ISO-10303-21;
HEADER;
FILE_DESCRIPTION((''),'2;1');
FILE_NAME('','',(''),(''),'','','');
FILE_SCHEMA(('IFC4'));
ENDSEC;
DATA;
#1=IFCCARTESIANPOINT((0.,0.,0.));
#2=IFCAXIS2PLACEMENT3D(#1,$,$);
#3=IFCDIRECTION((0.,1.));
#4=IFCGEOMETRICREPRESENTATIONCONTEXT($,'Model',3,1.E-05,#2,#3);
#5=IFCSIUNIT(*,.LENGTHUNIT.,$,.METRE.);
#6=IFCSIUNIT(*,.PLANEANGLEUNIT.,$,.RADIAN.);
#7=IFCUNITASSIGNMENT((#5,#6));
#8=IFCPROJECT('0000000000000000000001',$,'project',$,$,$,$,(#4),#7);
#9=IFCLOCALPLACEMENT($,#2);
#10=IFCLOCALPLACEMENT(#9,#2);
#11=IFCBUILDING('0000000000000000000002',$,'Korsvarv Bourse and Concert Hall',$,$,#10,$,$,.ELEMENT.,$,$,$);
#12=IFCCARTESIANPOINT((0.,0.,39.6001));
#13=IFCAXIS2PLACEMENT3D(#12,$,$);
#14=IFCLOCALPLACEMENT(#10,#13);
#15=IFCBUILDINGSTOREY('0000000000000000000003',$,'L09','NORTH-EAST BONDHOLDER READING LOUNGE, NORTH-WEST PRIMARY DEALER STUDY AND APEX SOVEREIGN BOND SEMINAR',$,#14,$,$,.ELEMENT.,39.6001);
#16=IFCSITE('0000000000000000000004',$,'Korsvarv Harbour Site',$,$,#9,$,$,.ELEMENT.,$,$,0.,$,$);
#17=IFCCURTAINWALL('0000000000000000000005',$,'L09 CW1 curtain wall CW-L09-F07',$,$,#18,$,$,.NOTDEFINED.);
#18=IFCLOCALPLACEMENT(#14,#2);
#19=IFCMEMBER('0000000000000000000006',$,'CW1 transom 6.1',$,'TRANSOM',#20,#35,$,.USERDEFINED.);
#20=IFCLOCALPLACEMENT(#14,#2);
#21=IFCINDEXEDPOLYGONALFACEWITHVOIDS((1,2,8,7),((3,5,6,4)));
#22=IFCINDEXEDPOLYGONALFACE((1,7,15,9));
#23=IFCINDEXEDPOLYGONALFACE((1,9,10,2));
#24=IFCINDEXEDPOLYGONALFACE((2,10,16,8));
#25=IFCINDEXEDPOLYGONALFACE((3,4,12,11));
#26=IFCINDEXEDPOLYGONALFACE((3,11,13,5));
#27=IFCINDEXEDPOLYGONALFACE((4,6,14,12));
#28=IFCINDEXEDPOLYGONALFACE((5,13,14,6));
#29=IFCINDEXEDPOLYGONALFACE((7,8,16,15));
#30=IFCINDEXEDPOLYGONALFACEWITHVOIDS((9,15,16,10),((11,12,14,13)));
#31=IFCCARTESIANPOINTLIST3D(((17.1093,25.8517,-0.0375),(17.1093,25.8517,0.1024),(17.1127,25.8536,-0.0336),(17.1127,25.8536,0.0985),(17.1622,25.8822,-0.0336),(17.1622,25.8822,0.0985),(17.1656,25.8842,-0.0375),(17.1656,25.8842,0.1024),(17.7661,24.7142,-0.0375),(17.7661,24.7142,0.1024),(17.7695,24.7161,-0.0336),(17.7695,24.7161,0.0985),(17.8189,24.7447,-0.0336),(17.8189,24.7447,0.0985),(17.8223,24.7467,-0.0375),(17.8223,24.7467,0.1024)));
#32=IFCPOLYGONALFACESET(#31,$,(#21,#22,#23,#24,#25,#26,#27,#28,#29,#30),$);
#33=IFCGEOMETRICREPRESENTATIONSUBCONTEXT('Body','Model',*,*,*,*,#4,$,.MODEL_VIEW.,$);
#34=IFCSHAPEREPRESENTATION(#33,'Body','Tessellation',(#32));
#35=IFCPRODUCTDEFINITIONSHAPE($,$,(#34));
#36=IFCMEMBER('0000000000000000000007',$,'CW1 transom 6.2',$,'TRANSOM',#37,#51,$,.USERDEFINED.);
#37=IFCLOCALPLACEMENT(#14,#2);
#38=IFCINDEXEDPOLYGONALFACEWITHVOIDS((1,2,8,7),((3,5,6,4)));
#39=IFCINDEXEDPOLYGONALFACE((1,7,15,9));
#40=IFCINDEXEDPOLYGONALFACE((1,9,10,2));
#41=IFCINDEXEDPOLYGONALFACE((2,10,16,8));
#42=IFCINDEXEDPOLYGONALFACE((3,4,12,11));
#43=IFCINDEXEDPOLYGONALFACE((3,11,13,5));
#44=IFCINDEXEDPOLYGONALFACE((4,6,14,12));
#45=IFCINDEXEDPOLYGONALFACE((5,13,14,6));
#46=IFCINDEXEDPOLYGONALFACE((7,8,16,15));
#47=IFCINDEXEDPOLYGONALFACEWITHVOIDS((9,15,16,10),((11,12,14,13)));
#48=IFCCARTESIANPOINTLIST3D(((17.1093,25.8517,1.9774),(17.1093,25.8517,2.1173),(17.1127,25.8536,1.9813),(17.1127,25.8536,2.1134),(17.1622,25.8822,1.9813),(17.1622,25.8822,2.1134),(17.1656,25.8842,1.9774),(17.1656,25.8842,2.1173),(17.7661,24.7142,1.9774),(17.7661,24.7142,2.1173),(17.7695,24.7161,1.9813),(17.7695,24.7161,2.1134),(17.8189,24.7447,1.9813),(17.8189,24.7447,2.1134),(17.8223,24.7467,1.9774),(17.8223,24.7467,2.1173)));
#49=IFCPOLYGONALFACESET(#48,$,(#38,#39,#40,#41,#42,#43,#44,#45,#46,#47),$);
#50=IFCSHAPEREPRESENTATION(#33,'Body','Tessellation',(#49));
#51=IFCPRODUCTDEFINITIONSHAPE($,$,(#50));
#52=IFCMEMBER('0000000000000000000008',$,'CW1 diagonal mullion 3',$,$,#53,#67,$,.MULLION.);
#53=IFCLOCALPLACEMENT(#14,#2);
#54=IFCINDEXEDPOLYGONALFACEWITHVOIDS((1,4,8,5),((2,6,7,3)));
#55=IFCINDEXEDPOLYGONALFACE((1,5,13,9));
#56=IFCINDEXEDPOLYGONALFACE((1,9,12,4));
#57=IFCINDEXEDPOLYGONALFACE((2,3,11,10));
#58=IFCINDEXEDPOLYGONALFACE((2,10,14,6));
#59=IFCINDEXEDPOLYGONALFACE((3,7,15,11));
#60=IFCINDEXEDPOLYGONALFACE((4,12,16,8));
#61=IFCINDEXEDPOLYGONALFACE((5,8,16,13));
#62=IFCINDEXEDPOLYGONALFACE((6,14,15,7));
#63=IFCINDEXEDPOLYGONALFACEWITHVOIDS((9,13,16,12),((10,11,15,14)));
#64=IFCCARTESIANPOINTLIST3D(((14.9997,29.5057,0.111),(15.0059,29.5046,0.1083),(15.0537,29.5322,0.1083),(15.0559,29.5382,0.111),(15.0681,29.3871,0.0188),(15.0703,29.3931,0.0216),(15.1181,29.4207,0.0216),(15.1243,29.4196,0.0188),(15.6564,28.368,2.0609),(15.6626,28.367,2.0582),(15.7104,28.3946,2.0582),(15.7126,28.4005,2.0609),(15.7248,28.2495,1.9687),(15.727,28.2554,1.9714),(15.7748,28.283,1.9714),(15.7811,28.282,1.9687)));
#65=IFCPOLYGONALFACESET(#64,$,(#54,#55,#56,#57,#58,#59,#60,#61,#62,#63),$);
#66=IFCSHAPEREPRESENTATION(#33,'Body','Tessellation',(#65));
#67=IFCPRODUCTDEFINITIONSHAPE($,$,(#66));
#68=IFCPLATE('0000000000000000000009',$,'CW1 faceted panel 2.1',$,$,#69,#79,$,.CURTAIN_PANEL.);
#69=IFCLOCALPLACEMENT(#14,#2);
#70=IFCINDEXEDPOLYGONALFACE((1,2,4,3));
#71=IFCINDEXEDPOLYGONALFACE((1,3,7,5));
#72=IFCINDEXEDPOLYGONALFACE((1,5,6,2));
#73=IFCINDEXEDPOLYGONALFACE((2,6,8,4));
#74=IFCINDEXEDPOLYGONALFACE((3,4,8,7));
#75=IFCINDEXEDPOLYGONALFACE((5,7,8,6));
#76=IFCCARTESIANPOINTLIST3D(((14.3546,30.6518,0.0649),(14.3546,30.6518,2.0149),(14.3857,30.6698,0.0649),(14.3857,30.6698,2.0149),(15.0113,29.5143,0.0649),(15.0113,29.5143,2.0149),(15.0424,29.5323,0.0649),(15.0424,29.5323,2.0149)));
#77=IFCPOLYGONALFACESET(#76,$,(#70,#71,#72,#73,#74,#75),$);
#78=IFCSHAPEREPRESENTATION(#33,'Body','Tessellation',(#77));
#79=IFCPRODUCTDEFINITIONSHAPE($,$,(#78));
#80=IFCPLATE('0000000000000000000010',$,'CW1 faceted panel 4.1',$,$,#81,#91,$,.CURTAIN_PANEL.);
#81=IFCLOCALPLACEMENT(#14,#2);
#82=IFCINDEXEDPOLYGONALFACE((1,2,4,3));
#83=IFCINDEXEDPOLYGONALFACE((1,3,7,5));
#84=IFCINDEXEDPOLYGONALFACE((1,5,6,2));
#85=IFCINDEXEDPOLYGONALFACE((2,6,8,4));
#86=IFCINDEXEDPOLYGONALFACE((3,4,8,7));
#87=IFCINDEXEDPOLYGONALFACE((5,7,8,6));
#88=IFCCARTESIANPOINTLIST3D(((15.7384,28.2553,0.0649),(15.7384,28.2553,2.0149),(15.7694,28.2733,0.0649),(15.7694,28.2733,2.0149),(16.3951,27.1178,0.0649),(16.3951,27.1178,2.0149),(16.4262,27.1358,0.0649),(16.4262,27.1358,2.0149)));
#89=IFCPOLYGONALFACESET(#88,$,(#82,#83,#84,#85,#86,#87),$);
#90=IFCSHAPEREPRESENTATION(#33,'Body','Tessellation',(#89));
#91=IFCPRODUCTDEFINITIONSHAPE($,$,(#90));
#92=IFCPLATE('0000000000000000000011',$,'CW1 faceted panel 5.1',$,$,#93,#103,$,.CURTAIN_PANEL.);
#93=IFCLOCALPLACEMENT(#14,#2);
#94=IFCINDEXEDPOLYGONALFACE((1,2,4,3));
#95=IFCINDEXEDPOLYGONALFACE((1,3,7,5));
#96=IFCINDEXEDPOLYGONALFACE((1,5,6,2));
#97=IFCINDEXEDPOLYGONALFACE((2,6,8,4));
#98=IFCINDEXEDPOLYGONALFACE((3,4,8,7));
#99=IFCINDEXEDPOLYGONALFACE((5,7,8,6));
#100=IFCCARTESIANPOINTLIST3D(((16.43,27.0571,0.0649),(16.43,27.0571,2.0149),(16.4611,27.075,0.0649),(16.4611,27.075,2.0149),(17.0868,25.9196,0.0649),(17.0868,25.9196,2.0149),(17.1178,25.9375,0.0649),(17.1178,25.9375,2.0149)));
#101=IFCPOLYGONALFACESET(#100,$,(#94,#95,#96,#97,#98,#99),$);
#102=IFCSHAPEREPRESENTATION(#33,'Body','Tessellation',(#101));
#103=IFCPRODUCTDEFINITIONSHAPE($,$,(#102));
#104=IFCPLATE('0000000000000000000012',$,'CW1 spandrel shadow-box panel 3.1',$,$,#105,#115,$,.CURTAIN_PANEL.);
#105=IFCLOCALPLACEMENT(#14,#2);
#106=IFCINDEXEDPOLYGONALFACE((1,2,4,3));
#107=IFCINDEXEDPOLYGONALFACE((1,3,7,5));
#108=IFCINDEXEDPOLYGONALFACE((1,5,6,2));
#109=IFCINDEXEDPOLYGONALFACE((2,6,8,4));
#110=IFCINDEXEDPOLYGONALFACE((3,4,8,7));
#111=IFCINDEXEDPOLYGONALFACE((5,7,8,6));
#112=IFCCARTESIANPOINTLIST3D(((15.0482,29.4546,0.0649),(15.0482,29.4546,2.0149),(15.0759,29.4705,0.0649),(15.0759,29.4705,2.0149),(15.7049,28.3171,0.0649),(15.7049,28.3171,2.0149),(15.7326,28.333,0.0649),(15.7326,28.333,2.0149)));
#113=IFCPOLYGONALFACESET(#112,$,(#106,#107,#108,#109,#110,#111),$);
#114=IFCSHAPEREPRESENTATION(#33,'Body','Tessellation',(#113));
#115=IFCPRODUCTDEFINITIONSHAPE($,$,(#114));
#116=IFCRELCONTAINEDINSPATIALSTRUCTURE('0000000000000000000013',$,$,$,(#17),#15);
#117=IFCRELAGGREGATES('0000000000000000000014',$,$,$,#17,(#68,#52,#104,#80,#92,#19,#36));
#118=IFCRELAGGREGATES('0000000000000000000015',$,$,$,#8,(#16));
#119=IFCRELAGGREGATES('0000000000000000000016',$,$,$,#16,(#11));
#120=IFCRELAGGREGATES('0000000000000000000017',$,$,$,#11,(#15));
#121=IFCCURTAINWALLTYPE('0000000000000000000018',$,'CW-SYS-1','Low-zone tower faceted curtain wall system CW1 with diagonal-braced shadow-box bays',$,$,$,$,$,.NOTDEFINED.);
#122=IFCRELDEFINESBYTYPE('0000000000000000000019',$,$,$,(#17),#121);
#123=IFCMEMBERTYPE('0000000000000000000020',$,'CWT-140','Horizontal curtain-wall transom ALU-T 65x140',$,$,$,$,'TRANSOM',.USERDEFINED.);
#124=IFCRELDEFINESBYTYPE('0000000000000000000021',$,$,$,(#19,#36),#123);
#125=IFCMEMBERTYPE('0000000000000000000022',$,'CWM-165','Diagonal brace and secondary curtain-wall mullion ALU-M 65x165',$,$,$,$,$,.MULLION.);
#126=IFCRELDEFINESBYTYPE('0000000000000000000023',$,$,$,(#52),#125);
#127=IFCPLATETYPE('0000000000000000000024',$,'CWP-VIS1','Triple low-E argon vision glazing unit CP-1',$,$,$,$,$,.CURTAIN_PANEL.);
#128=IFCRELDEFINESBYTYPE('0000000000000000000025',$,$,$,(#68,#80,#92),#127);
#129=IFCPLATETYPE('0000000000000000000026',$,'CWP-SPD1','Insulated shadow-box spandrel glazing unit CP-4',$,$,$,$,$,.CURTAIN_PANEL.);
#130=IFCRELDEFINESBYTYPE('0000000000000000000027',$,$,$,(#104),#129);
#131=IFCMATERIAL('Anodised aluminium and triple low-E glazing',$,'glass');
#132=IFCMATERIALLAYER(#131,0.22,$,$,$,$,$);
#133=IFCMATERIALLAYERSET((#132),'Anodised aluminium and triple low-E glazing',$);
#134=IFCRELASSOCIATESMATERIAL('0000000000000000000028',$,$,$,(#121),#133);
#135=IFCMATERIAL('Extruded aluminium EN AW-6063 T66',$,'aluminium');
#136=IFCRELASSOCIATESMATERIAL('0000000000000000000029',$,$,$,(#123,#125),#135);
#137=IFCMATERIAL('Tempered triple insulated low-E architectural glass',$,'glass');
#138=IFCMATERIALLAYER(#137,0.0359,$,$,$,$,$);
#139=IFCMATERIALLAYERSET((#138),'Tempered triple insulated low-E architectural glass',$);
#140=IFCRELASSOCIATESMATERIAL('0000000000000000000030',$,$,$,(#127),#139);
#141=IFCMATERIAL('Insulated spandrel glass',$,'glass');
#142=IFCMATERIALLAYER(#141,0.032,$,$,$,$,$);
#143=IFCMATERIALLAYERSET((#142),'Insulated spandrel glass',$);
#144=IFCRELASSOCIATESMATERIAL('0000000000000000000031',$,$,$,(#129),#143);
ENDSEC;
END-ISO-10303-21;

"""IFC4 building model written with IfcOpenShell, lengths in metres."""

from ifc_helpers import new_model, si_unit, direction, frame, origin, origin_2d, place, context, subcontext, project, spatial, rectangle, hollow_rectangle, extrude, source, transform, mapped, material, layer, layer_set, material_profile, profile_set, type_object, element, aggregate, save


model = new_model("IFC4")

# Units and contexts
model_context = context("Model", 3, precision=1e-05, world=origin(), true_north=direction((0.0, 1.0)))
body_context = subcontext(model_context, "Body", "Model", "MODEL_VIEW")
ifc_project = project(units=[si_unit("LENGTHUNIT", "METRE"), si_unit("PLANEANGLEUNIT", "RADIAN")], contexts=[model_context])

# Site, building, storey
site_placement = place(None, origin())
site = spatial("IfcSite", under=ifc_project, at=site_placement, Name="Korsvarv Harbour Site", CompositionType="ELEMENT", RefElevation=0.0)
building_placement = place(site_placement, origin())
building = spatial("IfcBuilding", under=site, at=building_placement, Name="Korsvarv Bourse and Concert Hall", CompositionType="ELEMENT")
storey_placement = place(building_placement, frame((0.0, 0.0, 39.6001)))
storey = spatial("IfcBuildingStorey", under=building, at=storey_placement, Name="L09", Description="NORTH-EAST BONDHOLDER READING LOUNGE, NORTH-WEST PRIMARY DEALER STUDY AND APEX SOVEREIGN BOND SEMINAR", CompositionType="ELEMENT", Elevation=39.6001)

# Curtain wall, members, plates
ifc_material_1 = material(Name="Anodised aluminium and triple low-E glazing", Category="glass")
ifc_layer_1 = layer(ifc_material_1, 0.22)
ifc_layer_set_1 = layer_set([ifc_layer_1], Name="Anodised aluminium and triple low-E glazing")
curtain_wall_type = type_object("IfcCurtainWallType", Name="CW-SYS-1", Description="Low-zone tower faceted curtain wall system CW1 with diagonal-braced shadow-box bays", PredefinedType="NOTDEFINED", material=ifc_layer_set_1)
curtain_wall_placement = place(storey_placement, origin())
curtain_wall = element("IfcCurtainWall", 1, at=curtain_wall_placement, inside=storey, type_object=curtain_wall_type, Name="L09 CW1 curtain wall CW-L09-F07", PredefinedType="NOTDEFINED")
ifc_material_2 = material(Name="Extruded aluminium EN AW-6063 T66", Category="aluminium")
ifc_material_profile_1 = material_profile(ifc_material_2, hollow_rectangle(XDim=0.0649, YDim=0.1399, WallThickness=0.0039, at=origin_2d()), Name="ALU-T 65x140")
ifc_profile_set_1 = profile_set([ifc_material_profile_1], Name="Extruded aluminium EN AW-6063 T66")
member_type_1 = type_object("IfcMemberType", Name="CWT-140", Description="Horizontal curtain-wall transom ALU-T 65x140", ElementType="TRANSOM", PredefinedType="USERDEFINED", material=ifc_profile_set_1)
shared_shape_1 = source(origin(), body_context, "Body", "SweptSolid", [
    extrude(hollow_rectangle(XDim=0.0649, YDim=0.1399, WallThickness=0.0039, at=origin_2d()), origin(), (0.0, 0.0, 1.0), 1.3135),
])
member_1_placement = place(storey_placement, frame((17.1375, 25.8679, 0.0325), z_axis=(0.500017, -0.866015, 0.0), x_axis=(0.866015, 0.500017, 0.0)))
member_1 = element("IfcMember", 2, at=member_1_placement, type_object=member_type_1, Name="CW1 transom 6.1", ObjectType="TRANSOM", PredefinedType="USERDEFINED", context=body_context, shape_type="MappedRepresentation", body=[
    mapped(shared_shape_1, transform((0.0, 0.0, 0.0), scale=1.0)),
])
member_2_placement = place(storey_placement, frame((17.1375, 25.8679, 2.0474), z_axis=(0.500017, -0.866015, 0.0), x_axis=(0.866015, 0.500017, 0.0)))
member_2 = element("IfcMember", 3, at=member_2_placement, type_object=member_type_1, Name="CW1 transom 6.2", ObjectType="TRANSOM", PredefinedType="USERDEFINED", context=body_context, shape_type="MappedRepresentation", body=[
    mapped(shared_shape_1, transform((0.0, 0.0, 0.0), scale=1.0)),
])
ifc_material_profile_2 = material_profile(ifc_material_2, hollow_rectangle(XDim=0.0649, YDim=0.165, WallThickness=0.0049, at=origin_2d()), Name="ALU-M 65x165")
ifc_profile_set_2 = profile_set([ifc_material_profile_2], Name="Extruded aluminium EN AW-6063 T66")
member_type_2 = type_object("IfcMemberType", Name="CWM-165", Description="Diagonal brace and secondary curtain-wall mullion ALU-M 65x165", PredefinedType="MULLION", material=ifc_profile_set_2)
shared_shape_2 = source(origin(), body_context, "Body", "SweptSolid", [
    extrude(hollow_rectangle(XDim=0.0649, YDim=0.165, WallThickness=0.0049, at=origin_2d()), origin(), (0.0, 0.0, 1.0), 2.3511),
])
member_3_placement = place(storey_placement, frame((15.062, 29.4626, 0.0649), z_axis=(0.279325, -0.483886, 0.829356), x_axis=(0.866062, 0.499937, 0.0)))
member_3 = element("IfcMember", 4, at=member_3_placement, type_object=member_type_2, Name="CW1 diagonal mullion 3", PredefinedType="MULLION", context=body_context, shape_type="MappedRepresentation", body=[
    mapped(shared_shape_2, transform((0.0, 0.0, 0.0), scale=1.0)),
])
ifc_material_3 = material(Name="Tempered triple insulated low-E architectural glass", Category="glass")
ifc_layer_2 = layer(ifc_material_3, 0.0359)
ifc_layer_set_2 = layer_set([ifc_layer_2], Name="Tempered triple insulated low-E architectural glass")
plate_type_1 = type_object("IfcPlateType", Name="CWP-VIS1", Description="Triple low-E argon vision glazing unit CP-1", PredefinedType="CURTAIN_PANEL", material=ifc_layer_set_2)
shared_shape_3 = source(origin(), body_context, "Body", "SweptSolid", [
    extrude(rectangle(XDim=1.3135, YDim=0.0359, at=origin_2d()), origin(), (0.0, 0.0, 1.0), 1.95),
])
plate_1_placement = place(storey_placement, frame((14.6985, 30.092, 0.0649), z_axis=(0.0, 0.0, 1.0), x_axis=(0.5, -0.866026, 0.0)))
plate_1 = element("IfcPlate", 5, at=plate_1_placement, type_object=plate_type_1, Name="CW1 faceted panel 2.1", PredefinedType="CURTAIN_PANEL", context=body_context, shape_type="MappedRepresentation", body=[
    mapped(shared_shape_3, transform((0.0, 0.0, 0.0), scale=1.0)),
])
plate_2_placement = place(storey_placement, frame((16.0823, 27.6956, 0.0649), z_axis=(0.0, 0.0, 1.0), x_axis=(0.5, -0.866026, 0.0)))
plate_2 = element("IfcPlate", 6, at=plate_2_placement, type_object=plate_type_1, Name="CW1 faceted panel 4.1", PredefinedType="CURTAIN_PANEL", context=body_context, shape_type="MappedRepresentation", body=[
    mapped(shared_shape_3, transform((0.0, 0.0, 0.0), scale=1.0)),
])
plate_3_placement = place(storey_placement, frame((16.7739, 26.4973, 0.0649), z_axis=(0.0, 0.0, 1.0), x_axis=(0.5, -0.866026, 0.0)))
plate_3 = element("IfcPlate", 7, at=plate_3_placement, type_object=plate_type_1, Name="CW1 faceted panel 5.1", PredefinedType="CURTAIN_PANEL", context=body_context, shape_type="MappedRepresentation", body=[
    mapped(shared_shape_3, transform((0.0, 0.0, 0.0), scale=1.0)),
])
ifc_material_4 = material(Name="Insulated spandrel glass", Category="glass")
ifc_layer_3 = layer(ifc_material_4, 0.032)
ifc_layer_set_3 = layer_set([ifc_layer_3], Name="Insulated spandrel glass")
plate_type_2 = type_object("IfcPlateType", Name="CWP-SPD1", Description="Insulated shadow-box spandrel glazing unit CP-4", PredefinedType="CURTAIN_PANEL", material=ifc_layer_set_3)
shared_shape_4 = source(origin(), body_context, "Body", "SweptSolid", [
    extrude(rectangle(XDim=1.3135, YDim=0.032, at=origin_2d()), origin(), (0.0, 0.0, 1.0), 1.95),
])
plate_4_placement = place(storey_placement, frame((15.3904, 28.8938, 0.0649), z_axis=(0.0, 0.0, 1.0), x_axis=(0.5, -0.866026, 0.0)))
plate_4 = element("IfcPlate", 8, at=plate_4_placement, type_object=plate_type_2, Name="CW1 spandrel shadow-box panel 3.1", PredefinedType="CURTAIN_PANEL", context=body_context, shape_type="MappedRepresentation", body=[
    mapped(shared_shape_4, transform((0.0, 0.0, 0.0), scale=1.0)),
])
aggregate(curtain_wall, [plate_1, member_3, plate_4, plate_2, plate_3, member_1, member_2])

save(model, "model.ifc")
